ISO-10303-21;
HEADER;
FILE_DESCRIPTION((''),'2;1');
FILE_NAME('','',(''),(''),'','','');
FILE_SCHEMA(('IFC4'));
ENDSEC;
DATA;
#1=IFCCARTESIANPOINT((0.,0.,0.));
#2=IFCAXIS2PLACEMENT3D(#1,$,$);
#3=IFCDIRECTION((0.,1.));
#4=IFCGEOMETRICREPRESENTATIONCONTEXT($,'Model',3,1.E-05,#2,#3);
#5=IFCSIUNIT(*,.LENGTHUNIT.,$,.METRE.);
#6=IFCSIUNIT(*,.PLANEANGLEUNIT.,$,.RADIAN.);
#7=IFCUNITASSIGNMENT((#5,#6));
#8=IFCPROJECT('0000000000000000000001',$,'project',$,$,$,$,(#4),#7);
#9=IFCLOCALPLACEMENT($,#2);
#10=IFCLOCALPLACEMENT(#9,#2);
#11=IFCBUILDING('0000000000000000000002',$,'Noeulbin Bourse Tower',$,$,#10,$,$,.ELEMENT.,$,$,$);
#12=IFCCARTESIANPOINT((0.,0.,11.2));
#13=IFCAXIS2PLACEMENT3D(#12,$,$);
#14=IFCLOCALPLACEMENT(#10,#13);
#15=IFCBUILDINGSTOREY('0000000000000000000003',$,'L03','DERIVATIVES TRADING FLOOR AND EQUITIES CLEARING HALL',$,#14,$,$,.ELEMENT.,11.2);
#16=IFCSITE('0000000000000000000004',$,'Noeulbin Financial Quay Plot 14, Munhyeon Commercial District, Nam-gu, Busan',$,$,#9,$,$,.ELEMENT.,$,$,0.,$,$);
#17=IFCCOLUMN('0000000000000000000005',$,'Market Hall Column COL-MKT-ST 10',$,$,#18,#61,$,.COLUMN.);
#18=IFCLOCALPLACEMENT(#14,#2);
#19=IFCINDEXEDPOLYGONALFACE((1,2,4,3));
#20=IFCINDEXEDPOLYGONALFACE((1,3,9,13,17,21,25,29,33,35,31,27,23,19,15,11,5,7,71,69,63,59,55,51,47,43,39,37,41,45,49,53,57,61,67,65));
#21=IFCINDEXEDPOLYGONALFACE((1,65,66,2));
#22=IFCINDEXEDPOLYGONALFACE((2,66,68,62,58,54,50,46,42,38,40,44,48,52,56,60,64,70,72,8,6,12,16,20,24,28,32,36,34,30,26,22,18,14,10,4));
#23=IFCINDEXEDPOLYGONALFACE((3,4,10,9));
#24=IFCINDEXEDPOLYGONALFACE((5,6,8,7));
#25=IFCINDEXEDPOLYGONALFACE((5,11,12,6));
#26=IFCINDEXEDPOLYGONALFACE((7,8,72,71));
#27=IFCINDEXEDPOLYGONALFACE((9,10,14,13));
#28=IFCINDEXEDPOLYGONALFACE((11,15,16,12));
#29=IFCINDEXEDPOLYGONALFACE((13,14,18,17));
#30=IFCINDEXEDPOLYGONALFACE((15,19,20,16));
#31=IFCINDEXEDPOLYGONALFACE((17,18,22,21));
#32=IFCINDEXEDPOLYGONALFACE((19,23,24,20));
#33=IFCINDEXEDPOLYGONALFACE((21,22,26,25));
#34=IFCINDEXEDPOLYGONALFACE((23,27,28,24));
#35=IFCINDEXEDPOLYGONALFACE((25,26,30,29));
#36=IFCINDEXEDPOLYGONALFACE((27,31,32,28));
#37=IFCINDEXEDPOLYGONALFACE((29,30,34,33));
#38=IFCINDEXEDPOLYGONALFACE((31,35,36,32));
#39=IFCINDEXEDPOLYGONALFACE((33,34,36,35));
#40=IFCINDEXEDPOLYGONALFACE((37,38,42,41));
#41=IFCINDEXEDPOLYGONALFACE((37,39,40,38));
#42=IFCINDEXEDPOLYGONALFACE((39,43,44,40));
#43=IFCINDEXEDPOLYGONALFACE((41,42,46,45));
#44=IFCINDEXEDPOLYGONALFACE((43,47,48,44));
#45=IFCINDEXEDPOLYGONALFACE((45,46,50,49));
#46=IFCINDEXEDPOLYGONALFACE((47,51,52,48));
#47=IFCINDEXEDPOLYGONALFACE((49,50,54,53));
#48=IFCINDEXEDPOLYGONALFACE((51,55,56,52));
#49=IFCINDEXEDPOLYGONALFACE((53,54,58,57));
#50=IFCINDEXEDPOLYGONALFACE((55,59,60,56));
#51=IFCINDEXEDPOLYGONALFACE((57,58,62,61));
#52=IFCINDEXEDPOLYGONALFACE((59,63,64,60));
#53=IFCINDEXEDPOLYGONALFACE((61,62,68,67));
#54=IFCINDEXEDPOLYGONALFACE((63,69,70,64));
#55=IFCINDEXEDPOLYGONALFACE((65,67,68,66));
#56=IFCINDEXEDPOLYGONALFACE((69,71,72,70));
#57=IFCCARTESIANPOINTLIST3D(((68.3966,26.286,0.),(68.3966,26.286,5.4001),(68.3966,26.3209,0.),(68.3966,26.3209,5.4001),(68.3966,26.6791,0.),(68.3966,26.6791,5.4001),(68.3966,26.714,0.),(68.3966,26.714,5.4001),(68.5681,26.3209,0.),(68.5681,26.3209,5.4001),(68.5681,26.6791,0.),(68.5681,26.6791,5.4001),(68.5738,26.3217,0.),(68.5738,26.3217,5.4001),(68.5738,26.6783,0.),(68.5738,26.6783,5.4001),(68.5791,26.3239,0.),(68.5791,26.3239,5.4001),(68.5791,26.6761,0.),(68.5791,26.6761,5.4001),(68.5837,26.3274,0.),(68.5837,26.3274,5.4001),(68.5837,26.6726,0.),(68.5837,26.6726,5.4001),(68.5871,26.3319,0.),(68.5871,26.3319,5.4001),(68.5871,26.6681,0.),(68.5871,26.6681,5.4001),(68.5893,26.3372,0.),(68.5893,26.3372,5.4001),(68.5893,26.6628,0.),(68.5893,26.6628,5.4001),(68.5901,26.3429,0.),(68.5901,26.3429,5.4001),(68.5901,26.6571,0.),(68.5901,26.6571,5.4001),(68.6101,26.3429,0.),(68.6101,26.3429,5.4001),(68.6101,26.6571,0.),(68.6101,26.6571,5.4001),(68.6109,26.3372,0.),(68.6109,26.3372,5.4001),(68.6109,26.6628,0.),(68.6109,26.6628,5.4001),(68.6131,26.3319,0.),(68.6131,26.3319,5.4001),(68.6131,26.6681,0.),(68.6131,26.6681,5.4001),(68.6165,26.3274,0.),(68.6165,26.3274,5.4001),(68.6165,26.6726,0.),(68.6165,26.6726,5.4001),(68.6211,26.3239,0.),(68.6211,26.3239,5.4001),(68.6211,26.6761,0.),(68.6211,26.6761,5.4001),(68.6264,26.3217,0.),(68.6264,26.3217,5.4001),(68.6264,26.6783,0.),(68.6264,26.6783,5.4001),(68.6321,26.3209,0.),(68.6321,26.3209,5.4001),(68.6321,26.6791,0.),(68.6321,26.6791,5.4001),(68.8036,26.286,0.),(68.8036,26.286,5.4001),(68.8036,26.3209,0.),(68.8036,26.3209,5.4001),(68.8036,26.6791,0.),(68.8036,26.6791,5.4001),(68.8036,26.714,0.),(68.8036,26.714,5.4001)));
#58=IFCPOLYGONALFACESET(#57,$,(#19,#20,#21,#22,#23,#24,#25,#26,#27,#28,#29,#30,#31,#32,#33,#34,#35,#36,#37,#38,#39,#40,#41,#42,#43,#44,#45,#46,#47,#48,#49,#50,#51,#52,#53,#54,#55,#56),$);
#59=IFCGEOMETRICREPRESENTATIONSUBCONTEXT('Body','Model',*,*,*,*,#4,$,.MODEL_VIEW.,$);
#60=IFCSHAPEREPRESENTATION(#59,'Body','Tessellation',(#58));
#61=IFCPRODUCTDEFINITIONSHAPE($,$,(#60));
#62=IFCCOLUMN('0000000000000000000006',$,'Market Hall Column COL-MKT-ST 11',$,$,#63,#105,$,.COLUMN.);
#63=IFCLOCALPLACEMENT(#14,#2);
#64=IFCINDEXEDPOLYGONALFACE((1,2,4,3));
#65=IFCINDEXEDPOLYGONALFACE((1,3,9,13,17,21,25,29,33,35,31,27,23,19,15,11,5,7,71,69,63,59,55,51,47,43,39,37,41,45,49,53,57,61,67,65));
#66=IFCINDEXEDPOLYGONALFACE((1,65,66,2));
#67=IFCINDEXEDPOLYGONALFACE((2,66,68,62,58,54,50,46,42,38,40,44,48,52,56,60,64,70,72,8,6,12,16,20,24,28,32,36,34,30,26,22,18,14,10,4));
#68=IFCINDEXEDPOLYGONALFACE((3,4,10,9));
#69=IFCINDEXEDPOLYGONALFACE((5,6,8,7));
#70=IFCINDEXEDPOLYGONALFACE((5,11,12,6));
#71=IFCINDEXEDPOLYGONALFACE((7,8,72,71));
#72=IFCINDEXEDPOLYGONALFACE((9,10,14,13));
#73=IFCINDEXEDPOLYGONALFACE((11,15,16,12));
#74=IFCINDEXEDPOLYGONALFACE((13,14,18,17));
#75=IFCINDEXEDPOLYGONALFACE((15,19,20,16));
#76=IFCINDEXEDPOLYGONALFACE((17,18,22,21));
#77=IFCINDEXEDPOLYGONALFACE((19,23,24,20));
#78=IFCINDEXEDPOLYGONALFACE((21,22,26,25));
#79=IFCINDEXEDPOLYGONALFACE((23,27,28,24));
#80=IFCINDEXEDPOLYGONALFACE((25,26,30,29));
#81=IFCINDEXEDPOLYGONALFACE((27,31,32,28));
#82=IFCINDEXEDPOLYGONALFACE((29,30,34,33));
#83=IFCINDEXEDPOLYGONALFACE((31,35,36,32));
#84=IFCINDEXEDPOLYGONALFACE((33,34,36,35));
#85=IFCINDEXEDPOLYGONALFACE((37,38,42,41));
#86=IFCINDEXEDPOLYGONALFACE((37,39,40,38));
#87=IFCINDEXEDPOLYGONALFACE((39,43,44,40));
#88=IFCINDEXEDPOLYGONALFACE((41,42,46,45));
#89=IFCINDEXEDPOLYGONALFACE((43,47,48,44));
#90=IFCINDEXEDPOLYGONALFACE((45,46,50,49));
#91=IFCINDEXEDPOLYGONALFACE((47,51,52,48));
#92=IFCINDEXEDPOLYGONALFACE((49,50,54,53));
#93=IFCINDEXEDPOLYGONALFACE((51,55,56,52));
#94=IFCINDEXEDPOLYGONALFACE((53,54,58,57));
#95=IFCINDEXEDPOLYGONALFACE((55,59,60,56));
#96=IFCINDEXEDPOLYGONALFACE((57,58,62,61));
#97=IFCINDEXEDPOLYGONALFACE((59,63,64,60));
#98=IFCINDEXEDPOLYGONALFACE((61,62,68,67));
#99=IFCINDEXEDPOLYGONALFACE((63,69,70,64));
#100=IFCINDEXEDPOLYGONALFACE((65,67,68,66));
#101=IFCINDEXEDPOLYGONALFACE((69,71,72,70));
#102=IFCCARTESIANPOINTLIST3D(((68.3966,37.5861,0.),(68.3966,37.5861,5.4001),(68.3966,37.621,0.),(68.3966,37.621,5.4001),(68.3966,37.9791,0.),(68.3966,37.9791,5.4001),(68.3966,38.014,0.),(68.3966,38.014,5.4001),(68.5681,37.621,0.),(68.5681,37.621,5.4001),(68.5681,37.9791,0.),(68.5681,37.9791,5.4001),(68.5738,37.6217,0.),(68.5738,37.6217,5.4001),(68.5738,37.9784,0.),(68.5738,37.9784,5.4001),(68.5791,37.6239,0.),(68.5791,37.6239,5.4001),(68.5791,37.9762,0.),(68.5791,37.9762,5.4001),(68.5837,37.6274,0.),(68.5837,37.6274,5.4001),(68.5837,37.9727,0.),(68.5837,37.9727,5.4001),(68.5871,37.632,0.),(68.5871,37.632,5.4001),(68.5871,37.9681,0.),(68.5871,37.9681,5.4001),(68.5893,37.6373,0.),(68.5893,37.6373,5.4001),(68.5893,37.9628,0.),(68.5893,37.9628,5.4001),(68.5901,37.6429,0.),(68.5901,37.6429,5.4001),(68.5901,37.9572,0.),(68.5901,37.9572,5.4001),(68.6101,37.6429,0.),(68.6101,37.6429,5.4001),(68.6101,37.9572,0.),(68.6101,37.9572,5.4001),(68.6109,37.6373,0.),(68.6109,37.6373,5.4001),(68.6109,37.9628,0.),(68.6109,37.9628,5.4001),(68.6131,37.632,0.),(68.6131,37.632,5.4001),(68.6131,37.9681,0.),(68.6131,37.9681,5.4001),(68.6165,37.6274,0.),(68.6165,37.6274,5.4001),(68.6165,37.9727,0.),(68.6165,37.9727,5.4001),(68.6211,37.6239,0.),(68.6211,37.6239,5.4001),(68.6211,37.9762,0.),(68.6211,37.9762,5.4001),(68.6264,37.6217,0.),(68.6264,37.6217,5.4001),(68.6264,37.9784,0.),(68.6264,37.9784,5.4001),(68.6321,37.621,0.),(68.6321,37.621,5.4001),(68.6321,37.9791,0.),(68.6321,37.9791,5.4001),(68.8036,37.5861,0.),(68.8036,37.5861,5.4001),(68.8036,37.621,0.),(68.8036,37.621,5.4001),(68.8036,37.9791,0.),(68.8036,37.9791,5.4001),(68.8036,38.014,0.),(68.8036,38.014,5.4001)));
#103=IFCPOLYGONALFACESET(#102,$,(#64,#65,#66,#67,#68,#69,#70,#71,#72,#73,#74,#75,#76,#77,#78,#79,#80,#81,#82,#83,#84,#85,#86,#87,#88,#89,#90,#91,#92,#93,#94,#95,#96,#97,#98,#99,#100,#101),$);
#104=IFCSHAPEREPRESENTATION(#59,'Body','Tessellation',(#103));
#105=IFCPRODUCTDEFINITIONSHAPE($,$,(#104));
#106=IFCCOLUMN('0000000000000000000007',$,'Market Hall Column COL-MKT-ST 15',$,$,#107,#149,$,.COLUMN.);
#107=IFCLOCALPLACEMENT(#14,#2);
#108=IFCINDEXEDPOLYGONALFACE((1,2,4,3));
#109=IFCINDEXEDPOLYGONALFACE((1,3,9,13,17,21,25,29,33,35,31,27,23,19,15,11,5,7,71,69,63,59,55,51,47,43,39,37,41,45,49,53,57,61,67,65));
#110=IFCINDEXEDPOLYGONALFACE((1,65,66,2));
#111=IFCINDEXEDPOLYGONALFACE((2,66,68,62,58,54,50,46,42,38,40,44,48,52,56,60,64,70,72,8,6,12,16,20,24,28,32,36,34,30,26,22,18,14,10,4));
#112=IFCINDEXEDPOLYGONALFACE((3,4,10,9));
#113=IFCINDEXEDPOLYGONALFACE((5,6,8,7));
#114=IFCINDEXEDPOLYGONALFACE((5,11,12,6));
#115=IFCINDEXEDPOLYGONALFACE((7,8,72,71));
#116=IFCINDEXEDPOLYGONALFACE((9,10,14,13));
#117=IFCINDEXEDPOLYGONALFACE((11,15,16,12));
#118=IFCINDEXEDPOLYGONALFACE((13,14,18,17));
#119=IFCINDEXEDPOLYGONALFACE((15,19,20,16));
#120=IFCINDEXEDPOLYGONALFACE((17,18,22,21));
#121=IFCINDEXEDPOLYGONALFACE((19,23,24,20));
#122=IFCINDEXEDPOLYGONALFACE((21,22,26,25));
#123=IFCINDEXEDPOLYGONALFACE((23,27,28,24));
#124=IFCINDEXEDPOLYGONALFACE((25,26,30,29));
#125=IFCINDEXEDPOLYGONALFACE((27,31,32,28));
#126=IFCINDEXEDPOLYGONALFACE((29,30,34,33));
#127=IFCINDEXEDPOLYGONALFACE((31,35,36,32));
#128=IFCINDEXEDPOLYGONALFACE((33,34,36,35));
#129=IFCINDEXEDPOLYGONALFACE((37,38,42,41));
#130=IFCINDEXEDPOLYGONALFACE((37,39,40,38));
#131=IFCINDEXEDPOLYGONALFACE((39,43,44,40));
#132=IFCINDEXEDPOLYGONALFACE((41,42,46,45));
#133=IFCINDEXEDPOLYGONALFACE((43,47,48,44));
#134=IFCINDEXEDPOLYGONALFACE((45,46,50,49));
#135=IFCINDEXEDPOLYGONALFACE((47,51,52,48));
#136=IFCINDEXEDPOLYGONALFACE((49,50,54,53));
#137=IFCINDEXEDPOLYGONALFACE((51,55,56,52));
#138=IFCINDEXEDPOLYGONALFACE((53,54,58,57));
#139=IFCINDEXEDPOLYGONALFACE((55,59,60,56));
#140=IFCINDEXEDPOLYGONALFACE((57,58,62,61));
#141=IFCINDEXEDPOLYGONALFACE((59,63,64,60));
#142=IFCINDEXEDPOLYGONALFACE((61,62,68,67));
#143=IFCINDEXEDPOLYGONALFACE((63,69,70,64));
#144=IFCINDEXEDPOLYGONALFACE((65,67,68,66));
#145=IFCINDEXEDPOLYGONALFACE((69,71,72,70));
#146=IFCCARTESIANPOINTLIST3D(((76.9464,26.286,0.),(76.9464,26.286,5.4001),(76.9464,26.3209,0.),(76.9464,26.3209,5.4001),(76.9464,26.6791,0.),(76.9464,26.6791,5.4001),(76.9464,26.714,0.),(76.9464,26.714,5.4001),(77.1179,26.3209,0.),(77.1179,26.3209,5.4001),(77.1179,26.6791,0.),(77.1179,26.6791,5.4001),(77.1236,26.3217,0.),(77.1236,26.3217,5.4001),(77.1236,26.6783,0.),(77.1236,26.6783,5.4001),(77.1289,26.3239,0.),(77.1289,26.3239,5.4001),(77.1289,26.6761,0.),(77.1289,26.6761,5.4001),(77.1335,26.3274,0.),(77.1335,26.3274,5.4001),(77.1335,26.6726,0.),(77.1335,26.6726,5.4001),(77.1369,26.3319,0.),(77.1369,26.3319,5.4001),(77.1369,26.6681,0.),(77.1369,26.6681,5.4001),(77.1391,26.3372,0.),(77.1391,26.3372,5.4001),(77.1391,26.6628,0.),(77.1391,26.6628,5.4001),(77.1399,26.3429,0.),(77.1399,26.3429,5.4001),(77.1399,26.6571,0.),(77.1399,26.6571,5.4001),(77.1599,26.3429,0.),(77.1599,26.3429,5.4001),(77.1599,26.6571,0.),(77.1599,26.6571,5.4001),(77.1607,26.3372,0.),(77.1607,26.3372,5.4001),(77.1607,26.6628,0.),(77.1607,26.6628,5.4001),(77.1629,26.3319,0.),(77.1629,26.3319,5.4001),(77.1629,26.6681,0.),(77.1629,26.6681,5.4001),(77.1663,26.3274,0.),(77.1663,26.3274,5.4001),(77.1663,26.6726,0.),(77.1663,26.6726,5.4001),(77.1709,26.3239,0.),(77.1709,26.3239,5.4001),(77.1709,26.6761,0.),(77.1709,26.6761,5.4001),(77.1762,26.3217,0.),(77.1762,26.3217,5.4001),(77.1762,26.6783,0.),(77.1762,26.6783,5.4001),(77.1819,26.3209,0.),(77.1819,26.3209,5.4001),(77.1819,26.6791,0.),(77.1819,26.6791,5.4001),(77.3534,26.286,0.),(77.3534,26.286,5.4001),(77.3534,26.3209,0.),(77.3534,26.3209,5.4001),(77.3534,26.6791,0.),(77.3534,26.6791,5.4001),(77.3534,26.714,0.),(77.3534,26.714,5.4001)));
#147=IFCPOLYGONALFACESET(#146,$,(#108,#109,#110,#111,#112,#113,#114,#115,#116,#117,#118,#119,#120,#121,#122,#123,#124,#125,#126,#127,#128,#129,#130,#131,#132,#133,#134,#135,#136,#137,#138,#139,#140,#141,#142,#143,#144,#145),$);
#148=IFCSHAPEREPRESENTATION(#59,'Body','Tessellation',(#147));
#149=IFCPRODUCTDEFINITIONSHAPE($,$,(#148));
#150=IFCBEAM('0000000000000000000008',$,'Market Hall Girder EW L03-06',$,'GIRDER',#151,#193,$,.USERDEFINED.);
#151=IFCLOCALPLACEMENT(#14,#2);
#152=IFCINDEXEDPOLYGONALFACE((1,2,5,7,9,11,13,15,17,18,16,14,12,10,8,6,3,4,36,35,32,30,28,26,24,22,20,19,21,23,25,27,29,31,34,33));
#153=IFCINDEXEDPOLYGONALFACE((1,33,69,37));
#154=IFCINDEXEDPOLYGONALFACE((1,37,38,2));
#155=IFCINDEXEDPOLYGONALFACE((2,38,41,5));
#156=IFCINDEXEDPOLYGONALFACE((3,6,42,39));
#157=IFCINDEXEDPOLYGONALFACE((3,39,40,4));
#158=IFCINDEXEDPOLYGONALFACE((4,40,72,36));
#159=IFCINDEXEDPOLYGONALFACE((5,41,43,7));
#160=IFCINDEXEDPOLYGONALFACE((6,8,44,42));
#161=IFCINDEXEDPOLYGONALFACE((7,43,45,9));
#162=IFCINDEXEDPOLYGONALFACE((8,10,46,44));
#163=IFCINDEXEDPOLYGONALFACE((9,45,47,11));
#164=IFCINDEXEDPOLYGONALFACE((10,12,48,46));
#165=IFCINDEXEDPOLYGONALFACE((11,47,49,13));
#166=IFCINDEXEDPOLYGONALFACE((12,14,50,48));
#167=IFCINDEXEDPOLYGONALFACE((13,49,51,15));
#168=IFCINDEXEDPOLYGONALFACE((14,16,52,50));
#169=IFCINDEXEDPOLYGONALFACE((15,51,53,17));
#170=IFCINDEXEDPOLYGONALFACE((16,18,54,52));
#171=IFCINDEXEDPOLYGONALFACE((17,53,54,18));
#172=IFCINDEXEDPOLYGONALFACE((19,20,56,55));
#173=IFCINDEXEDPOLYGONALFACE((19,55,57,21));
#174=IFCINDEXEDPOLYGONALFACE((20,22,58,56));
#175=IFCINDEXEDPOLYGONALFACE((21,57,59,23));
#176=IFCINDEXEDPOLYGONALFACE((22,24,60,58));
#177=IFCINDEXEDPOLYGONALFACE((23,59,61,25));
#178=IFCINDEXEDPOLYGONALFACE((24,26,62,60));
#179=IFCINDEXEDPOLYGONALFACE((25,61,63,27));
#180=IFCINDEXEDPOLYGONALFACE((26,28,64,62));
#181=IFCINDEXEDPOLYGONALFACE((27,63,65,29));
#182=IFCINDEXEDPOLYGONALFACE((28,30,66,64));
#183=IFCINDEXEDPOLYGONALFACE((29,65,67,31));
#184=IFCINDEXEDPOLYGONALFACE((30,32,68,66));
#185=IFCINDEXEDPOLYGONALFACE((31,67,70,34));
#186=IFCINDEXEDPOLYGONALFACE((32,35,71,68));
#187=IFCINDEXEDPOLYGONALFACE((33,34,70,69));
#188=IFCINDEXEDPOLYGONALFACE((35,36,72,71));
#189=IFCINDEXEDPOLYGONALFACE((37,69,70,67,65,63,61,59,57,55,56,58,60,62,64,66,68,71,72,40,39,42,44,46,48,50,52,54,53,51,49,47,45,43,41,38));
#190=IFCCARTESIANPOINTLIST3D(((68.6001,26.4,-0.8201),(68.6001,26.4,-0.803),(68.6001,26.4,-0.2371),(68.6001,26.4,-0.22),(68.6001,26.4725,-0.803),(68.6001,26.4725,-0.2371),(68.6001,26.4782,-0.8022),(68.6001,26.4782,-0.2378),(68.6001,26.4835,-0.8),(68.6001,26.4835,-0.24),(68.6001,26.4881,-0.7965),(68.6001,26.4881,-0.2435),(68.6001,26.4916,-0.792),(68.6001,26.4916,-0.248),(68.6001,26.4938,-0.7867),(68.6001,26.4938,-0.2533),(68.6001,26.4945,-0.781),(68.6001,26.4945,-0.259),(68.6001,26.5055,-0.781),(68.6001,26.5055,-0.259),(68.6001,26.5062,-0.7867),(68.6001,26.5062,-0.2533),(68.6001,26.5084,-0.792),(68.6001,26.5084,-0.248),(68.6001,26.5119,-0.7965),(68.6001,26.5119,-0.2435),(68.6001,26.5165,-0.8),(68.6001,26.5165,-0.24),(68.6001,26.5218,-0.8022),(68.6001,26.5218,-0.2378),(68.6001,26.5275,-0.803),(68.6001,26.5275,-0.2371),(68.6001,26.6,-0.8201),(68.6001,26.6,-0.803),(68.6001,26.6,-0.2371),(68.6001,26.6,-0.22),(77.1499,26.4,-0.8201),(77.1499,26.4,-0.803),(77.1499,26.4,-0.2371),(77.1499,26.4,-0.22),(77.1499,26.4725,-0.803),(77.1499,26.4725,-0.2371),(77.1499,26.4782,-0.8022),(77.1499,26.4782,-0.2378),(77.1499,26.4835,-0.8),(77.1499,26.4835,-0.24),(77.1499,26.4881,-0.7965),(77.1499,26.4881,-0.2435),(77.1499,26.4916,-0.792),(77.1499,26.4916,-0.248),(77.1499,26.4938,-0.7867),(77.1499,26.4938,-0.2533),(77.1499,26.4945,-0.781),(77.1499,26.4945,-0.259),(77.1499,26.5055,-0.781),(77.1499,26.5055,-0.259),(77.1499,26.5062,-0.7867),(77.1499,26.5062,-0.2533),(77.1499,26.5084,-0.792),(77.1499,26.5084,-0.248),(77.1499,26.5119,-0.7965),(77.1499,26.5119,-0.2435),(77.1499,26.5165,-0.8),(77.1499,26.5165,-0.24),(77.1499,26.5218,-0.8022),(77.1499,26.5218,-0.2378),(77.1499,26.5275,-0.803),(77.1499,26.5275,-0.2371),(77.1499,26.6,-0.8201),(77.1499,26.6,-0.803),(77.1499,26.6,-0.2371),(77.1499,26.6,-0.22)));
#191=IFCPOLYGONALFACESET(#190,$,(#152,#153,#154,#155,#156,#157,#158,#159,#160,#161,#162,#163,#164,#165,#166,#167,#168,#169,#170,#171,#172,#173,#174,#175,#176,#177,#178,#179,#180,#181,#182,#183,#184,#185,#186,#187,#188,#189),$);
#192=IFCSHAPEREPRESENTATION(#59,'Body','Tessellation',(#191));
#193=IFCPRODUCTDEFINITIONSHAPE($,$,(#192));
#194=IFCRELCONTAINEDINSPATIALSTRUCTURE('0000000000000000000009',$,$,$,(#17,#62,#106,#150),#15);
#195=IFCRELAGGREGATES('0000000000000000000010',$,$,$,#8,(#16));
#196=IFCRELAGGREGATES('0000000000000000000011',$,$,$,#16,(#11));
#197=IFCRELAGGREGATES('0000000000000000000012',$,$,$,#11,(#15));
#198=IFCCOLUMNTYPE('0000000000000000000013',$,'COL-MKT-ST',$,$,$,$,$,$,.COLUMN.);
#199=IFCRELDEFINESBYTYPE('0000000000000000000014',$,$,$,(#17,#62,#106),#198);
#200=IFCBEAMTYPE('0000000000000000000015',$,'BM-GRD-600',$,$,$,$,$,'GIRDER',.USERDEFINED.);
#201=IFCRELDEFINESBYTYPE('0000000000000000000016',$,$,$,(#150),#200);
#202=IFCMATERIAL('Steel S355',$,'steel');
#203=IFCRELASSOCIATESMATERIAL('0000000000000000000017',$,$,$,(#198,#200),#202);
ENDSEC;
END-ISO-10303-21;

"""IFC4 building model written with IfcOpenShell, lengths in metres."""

from ifc_helpers import new_model, si_unit, direction, frame, origin, origin_2d, place, context, subcontext, project, spatial, i_section, extrude, material, material_profile, profile_set, type_object, element, save


model = new_model("IFC4")

# Units and contexts
model_context = context("Model", 3, precision=1e-05, world=origin(), true_north=direction((0.0, 1.0)))
body_context = subcontext(model_context, "Body", "Model", "MODEL_VIEW")
ifc_project = project(units=[si_unit("LENGTHUNIT", "METRE"), si_unit("PLANEANGLEUNIT", "RADIAN")], contexts=[model_context])

# Site, building, storey
site_placement = place(None, origin())
site = spatial("IfcSite", under=ifc_project, at=site_placement, Name="Noeulbin Financial Quay Plot 14, Munhyeon Commercial District, Nam-gu, Busan", CompositionType="ELEMENT", RefElevation=0.0)
building_placement = place(site_placement, origin())
building = spatial("IfcBuilding", under=site, at=building_placement, Name="Noeulbin Bourse Tower", CompositionType="ELEMENT")
storey_placement = place(building_placement, frame((0.0, 0.0, 11.2)))
storey = spatial("IfcBuildingStorey", under=building, at=storey_placement, Name="L03", Description="DERIVATIVES TRADING FLOOR AND EQUITIES CLEARING HALL", CompositionType="ELEMENT", Elevation=11.2)

# Columns
ifc_material_1 = material(Name="Steel S355", Category="steel")
ifc_material_profile_1 = material_profile(ifc_material_1, i_section(OverallWidth=0.407, OverallDepth=0.428, WebThickness=0.02, FlangeThickness=0.0349, FilletRadius=0.022, at=origin_2d()), Name="H-428x407x20x35", Category="LoadBearing")
ifc_profile_set_1 = profile_set([ifc_material_profile_1], Name="Steel S355")
column_type = type_object("IfcColumnType", Name="COL-MKT-ST", PredefinedType="COLUMN", material=ifc_profile_set_1)
for number, where, z_axis, x_axis, name in (
    (1, (68.6001, 26.5, 0.0), (0.0, 0.0, 1.0), (1.0, 0.0, 0.0), "Market Hall Column COL-MKT-ST 10"),
    (2, (68.6001, 37.8, 0.0), (0.0, 0.0, 1.0), (1.0, 0.0, 0.0), "Market Hall Column COL-MKT-ST 11"),
    (3, (77.1499, 26.5, 0.0), (0.0, 0.0, 1.0), (1.0, 0.0, 0.0), "Market Hall Column COL-MKT-ST 15"),
):
    element("IfcColumn", number, at=place(storey_placement, frame(where, z_axis=z_axis, x_axis=x_axis)), inside=storey, type_object=column_type, Name=name, PredefinedType="COLUMN", context=body_context, shape_type="SweptSolid", body=[
        extrude(i_section(OverallWidth=0.407, OverallDepth=0.428, WebThickness=0.02, FlangeThickness=0.0349, FilletRadius=0.022, at=origin_2d()), origin(), (0.0, 0.0, 1.0), 5.4001),
    ])

# Beam
ifc_material_profile_2 = material_profile(ifc_material_1, i_section(OverallWidth=0.2, OverallDepth=0.6001, WebThickness=0.011, FlangeThickness=0.0171, FilletRadius=0.022, at=origin_2d()), Name="H-600x200x11x17", Category="LoadBearing")
ifc_profile_set_2 = profile_set([ifc_material_profile_2], Name="Steel S355")
beam_type_1 = type_object("IfcBeamType", Name="BM-GRD-600", ElementType="GIRDER", PredefinedType="USERDEFINED", material=ifc_profile_set_2)
beam_placement = place(storey_placement, frame((68.6001, 26.5, -0.52), z_axis=(1.0, 0.0, 0.0), x_axis=(0.0, 1.0, 0.0)))
element("IfcBeam", 4, at=beam_placement, inside=storey, type_object=beam_type_1, Name="Market Hall Girder EW L03-06", ObjectType="GIRDER", PredefinedType="USERDEFINED", context=body_context, shape_type="SweptSolid", body=[
    extrude(i_section(OverallWidth=0.2, OverallDepth=0.6001, WebThickness=0.011, FlangeThickness=0.0171, FilletRadius=0.022, at=origin_2d()), origin(), (0.0, 0.0, 1.0), 8.5498),
])

save(model, "model.ifc")
